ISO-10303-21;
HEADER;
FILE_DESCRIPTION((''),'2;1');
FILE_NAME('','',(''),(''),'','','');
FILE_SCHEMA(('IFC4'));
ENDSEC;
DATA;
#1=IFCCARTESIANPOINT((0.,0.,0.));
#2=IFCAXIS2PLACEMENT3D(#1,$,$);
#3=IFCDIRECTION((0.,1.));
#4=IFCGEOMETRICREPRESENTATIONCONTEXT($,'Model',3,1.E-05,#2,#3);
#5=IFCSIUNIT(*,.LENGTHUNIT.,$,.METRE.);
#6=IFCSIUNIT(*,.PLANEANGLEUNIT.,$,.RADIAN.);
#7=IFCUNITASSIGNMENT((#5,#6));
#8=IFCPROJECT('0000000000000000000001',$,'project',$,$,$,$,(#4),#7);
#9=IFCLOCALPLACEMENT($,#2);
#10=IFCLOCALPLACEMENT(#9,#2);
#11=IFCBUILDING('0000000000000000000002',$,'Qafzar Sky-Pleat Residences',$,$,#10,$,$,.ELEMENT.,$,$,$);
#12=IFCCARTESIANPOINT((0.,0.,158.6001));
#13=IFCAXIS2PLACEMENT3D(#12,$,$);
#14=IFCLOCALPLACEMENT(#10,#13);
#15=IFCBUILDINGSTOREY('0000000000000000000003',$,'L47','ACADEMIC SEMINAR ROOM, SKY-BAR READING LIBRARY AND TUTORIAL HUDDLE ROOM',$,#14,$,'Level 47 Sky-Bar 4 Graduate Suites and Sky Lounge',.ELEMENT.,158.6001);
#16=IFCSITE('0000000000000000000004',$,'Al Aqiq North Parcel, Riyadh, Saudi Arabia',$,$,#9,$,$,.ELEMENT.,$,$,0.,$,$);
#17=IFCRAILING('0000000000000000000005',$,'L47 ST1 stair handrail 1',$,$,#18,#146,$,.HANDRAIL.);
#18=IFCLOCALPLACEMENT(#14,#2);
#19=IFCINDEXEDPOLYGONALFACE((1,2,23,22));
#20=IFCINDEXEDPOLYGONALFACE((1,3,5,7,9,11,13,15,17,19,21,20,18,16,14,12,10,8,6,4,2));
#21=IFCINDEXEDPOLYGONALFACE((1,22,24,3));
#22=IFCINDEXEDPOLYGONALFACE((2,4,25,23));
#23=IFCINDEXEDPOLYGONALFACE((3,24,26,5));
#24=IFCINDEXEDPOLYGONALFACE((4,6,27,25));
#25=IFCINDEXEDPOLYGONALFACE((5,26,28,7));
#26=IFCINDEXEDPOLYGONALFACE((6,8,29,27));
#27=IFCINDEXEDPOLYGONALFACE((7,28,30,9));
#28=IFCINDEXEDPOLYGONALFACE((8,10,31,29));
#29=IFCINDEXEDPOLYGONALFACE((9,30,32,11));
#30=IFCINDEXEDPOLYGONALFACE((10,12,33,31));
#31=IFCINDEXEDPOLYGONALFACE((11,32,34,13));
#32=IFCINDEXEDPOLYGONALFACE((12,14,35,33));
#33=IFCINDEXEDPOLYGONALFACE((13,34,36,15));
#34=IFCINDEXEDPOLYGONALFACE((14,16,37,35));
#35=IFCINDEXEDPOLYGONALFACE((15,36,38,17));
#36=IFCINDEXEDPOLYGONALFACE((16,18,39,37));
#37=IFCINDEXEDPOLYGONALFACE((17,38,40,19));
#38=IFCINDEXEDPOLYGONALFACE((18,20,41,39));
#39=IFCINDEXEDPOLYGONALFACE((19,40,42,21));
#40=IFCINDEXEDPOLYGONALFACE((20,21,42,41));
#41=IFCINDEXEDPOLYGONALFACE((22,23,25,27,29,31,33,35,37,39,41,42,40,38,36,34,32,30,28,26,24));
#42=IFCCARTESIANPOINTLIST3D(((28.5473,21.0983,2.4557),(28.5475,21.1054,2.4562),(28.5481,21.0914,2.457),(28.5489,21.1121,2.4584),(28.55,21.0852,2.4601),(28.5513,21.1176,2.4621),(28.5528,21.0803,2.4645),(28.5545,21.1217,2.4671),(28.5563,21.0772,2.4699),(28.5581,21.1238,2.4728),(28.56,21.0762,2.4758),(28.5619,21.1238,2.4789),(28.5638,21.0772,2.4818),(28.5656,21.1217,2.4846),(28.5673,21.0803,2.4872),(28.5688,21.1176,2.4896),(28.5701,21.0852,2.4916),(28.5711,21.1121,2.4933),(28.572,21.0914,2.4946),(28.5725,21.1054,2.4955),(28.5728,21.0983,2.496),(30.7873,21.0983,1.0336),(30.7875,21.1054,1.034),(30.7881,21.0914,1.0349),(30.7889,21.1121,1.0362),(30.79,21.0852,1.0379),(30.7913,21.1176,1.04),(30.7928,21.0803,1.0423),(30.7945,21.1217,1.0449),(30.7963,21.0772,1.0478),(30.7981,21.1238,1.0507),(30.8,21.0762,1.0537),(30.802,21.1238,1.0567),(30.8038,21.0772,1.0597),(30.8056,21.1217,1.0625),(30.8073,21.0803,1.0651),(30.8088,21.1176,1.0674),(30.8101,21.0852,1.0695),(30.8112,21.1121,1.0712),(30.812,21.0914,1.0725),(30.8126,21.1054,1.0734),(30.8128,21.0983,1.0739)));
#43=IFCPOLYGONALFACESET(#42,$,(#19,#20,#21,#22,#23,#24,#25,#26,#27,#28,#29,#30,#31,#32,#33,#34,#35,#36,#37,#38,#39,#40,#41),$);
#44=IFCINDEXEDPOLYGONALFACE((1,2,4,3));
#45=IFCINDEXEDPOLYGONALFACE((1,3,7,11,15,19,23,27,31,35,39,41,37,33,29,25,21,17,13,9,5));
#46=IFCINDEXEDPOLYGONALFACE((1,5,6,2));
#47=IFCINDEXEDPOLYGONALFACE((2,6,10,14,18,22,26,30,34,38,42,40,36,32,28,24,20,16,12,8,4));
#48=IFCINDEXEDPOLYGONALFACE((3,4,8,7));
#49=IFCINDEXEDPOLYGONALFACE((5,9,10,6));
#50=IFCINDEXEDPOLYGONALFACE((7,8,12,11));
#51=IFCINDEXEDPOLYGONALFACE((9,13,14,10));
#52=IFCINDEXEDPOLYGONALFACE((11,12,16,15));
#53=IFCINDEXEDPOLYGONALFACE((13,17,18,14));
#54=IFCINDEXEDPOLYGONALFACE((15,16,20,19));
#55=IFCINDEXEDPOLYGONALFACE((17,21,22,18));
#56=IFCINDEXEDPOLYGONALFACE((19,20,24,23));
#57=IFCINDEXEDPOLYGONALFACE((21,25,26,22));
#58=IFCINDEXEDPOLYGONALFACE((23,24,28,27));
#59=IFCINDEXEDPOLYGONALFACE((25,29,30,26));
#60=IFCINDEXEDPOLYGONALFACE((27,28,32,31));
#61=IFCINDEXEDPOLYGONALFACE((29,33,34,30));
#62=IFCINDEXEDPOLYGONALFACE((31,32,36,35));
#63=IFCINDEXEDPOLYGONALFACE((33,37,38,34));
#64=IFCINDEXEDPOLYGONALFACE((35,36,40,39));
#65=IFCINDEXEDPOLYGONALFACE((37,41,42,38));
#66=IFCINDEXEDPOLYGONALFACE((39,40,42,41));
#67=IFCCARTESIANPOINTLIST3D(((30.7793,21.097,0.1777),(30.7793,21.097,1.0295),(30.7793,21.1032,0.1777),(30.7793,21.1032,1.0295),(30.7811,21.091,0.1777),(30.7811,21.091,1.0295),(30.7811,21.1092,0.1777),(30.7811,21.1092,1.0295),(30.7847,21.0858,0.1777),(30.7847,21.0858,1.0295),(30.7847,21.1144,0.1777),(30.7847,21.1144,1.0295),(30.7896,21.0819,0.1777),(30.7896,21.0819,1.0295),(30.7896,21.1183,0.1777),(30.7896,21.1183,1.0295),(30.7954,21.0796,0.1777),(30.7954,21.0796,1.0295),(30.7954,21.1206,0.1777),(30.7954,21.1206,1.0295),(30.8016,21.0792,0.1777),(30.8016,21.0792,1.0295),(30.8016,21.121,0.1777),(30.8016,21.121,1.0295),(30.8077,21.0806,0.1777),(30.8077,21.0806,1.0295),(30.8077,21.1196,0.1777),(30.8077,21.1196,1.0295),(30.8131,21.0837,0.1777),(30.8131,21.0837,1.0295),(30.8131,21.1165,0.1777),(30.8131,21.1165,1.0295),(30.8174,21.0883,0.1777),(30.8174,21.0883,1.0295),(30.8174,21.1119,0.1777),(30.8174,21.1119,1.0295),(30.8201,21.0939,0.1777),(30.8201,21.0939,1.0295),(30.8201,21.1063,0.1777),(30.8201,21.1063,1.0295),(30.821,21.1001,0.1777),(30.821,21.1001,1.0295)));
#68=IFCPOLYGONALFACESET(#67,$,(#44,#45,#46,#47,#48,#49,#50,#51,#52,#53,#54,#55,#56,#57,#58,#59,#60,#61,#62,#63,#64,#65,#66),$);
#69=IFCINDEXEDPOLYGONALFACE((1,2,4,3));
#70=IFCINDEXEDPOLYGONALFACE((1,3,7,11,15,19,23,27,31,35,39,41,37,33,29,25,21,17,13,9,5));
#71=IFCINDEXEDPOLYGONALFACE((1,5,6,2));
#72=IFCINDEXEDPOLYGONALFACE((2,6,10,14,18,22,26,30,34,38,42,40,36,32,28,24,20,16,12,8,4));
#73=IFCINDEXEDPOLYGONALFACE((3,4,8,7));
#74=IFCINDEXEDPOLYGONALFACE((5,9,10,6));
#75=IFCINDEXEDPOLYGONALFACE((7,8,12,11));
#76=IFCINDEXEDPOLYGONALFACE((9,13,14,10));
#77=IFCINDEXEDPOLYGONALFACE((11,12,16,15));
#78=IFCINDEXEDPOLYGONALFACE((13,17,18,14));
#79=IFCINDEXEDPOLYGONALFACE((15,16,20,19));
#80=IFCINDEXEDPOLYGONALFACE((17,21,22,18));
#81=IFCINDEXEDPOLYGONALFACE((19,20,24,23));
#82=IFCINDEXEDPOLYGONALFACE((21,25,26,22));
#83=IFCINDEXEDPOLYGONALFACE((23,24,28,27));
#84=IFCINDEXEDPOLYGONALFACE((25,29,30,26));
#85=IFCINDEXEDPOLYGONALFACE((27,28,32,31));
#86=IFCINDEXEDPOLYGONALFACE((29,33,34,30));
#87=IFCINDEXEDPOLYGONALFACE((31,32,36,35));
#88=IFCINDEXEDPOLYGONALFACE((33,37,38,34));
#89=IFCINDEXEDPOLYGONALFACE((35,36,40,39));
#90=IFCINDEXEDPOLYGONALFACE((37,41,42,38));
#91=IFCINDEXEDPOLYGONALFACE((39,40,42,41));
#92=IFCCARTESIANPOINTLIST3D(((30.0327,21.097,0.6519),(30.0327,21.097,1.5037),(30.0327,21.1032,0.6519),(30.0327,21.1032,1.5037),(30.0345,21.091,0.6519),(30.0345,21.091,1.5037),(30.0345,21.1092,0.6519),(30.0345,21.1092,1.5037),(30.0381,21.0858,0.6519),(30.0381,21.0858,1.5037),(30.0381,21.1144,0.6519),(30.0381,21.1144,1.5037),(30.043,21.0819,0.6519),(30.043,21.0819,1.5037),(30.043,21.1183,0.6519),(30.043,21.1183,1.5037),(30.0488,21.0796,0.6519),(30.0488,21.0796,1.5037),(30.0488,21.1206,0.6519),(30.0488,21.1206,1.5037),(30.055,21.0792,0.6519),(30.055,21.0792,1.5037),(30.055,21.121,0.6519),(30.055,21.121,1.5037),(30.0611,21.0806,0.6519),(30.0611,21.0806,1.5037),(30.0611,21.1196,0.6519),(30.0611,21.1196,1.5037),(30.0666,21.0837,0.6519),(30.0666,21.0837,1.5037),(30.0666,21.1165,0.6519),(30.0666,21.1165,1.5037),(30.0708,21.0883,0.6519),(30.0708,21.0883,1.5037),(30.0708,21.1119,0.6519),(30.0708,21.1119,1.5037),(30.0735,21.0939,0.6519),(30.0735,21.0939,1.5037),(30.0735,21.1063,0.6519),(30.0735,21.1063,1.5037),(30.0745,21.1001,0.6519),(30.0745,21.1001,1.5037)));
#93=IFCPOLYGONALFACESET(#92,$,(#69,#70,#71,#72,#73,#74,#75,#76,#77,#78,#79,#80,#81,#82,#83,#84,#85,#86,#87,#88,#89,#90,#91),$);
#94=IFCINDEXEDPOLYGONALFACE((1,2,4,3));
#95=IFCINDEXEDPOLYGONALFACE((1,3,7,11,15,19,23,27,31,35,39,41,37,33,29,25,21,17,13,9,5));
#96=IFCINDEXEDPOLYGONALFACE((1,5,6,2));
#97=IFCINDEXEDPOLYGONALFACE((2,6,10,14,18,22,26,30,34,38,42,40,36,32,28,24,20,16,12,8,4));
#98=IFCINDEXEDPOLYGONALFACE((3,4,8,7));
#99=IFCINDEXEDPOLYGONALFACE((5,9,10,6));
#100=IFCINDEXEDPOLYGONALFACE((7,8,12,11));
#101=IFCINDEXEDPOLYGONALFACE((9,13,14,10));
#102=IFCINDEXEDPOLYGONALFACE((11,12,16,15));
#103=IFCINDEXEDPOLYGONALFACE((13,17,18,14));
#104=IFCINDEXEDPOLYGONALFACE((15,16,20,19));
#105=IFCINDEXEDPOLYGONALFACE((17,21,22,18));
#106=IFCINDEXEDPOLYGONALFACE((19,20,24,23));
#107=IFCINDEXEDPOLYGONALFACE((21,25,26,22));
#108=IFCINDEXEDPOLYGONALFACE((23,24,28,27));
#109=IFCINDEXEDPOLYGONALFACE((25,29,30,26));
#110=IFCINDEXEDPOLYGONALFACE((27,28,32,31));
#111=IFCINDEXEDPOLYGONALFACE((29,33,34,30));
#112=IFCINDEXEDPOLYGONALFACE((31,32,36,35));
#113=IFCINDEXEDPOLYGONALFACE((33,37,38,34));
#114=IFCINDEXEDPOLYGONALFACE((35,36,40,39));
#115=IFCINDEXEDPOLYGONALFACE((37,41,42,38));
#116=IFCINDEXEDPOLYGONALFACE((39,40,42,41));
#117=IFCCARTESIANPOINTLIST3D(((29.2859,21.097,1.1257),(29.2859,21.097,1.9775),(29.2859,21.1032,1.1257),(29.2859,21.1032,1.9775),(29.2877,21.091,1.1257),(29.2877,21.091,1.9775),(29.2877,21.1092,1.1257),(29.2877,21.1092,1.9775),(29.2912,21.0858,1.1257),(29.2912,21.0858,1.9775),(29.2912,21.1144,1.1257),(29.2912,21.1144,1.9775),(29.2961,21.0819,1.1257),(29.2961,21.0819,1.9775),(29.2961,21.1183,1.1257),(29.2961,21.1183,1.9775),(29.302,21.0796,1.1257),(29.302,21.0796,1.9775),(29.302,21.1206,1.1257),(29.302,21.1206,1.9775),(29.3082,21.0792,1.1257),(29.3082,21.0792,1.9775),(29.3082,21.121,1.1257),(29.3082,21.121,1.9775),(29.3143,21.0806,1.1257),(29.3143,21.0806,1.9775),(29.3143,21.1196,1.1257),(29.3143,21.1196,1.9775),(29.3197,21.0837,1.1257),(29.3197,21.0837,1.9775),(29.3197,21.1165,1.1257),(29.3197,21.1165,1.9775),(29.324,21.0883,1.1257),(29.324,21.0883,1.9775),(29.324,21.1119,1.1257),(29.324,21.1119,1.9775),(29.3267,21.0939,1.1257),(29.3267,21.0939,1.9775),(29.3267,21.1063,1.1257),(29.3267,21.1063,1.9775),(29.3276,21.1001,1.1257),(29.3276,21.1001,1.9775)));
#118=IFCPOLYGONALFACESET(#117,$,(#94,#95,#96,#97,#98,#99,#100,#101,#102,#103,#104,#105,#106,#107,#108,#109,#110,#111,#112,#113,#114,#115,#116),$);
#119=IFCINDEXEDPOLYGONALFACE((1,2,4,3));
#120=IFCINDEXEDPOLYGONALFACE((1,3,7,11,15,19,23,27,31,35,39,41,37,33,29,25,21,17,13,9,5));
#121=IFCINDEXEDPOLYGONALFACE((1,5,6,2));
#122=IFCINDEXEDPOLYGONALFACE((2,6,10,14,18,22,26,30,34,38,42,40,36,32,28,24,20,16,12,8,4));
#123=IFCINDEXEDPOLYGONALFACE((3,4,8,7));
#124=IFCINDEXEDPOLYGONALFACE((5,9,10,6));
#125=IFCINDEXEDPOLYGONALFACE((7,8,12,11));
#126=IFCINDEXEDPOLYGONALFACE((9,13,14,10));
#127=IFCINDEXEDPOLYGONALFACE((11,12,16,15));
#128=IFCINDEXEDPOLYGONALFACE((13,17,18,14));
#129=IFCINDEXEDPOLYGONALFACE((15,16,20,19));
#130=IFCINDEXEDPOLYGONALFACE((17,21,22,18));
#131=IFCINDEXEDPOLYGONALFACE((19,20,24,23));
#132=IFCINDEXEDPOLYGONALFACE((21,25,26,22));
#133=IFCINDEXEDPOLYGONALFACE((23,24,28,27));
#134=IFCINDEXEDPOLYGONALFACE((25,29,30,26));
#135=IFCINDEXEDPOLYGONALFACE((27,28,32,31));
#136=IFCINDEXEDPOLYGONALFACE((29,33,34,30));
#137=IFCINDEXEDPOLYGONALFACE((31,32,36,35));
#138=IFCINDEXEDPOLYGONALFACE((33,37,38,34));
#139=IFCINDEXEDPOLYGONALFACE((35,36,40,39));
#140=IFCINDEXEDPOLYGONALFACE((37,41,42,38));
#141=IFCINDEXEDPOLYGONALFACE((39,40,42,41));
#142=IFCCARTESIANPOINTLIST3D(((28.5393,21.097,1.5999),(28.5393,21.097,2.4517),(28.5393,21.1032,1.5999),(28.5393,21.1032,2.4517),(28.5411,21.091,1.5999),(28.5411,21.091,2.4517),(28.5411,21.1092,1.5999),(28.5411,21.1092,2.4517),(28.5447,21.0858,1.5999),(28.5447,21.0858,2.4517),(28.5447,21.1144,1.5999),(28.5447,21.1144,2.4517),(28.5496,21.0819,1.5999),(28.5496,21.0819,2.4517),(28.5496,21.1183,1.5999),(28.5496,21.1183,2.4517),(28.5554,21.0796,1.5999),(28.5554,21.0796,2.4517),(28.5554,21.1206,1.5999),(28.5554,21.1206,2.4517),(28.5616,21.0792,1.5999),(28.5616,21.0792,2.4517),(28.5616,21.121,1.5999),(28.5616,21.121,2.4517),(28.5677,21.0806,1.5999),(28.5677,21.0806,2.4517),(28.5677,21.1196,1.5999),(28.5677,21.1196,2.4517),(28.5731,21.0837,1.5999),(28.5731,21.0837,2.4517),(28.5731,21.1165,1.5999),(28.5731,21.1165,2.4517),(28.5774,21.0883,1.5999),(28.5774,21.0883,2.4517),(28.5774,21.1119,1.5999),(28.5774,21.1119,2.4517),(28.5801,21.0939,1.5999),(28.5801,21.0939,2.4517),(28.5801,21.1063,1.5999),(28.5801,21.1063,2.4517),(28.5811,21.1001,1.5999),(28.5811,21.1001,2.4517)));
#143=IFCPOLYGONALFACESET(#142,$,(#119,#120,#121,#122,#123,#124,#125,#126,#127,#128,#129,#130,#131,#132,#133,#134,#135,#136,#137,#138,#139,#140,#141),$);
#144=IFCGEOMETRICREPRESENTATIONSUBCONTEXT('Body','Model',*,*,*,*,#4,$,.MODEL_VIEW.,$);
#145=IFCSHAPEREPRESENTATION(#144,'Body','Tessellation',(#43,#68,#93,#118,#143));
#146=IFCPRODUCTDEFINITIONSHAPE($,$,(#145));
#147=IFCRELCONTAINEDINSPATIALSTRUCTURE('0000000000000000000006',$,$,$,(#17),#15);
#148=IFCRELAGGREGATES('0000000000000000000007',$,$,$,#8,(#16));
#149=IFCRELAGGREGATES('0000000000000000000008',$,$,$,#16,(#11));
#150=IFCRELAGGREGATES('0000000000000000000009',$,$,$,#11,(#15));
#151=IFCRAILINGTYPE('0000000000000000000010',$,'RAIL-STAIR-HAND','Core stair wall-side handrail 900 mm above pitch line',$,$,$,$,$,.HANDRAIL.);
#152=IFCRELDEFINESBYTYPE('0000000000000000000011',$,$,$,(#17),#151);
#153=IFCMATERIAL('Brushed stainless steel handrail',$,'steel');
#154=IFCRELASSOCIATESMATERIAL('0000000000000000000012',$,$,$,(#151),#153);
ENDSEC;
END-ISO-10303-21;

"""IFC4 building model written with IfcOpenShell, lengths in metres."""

from ifc_helpers import new_model, si_unit, direction, frame, origin, origin_2d, place, context, subcontext, project, spatial, circle, extrude, source, transform, mapped, material, type_object, element, save


model = new_model("IFC4")

# Units and contexts
model_context = context("Model", 3, precision=1e-05, world=origin(), true_north=direction((0.0, 1.0)))
body_context = subcontext(model_context, "Body", "Model", "MODEL_VIEW")
ifc_project = project(units=[si_unit("LENGTHUNIT", "METRE"), si_unit("PLANEANGLEUNIT", "RADIAN")], contexts=[model_context])

# Site, building, storey
site_placement = place(None, origin())
site = spatial("IfcSite", under=ifc_project, at=site_placement, Name="Al Aqiq North Parcel, Riyadh, Saudi Arabia", CompositionType="ELEMENT", RefElevation=0.0)
building_placement = place(site_placement, origin())
building = spatial("IfcBuilding", under=site, at=building_placement, Name="Qafzar Sky-Pleat Residences", CompositionType="ELEMENT")
storey_placement = place(building_placement, frame((0.0, 0.0, 158.6001)))
storey = spatial("IfcBuildingStorey", under=building, at=storey_placement, Name="L47", Description="ACADEMIC SEMINAR ROOM, SKY-BAR READING LIBRARY AND TUTORIAL HUDDLE ROOM", LongName="Level 47 Sky-Bar 4 Graduate Suites and Sky Lounge", CompositionType="ELEMENT", Elevation=158.6001)

# Railing
ifc_material_1 = material(Name="Brushed stainless steel handrail", Category="steel")
railing_type_1 = type_object("IfcRailingType", Name="RAIL-STAIR-HAND", Description="Core stair wall-side handrail 900 mm above pitch line", PredefinedType="HANDRAIL", material=ifc_material_1)
shared_shape_1 = source(origin(), body_context, "Body", "SweptSolid", [
    extrude(circle(Radius=0.0239, at=origin_2d()), frame((0.0, 0.0, 0.876), z_axis=(-0.844229, 0.0, 0.535982), x_axis=(0.0, -1.0, 0.0)), (0.0, 0.0, 1.0), 2.6533),
    extrude(circle(Radius=0.021, at=origin_2d()), origin(), (0.0, 0.0, 1.0), 0.8518),
    extrude(circle(Radius=0.021, at=origin_2d()), frame((-0.7466, 0.0, 0.4741)), (0.0, 0.0, 1.0), 0.8518),
    extrude(circle(Radius=0.021, at=origin_2d()), frame((-1.4934, 0.0, 0.948)), (0.0, 0.0, 1.0), 0.8518),
    extrude(circle(Radius=0.021, at=origin_2d()), frame((-2.24, 0.0, 1.4221)), (0.0, 0.0, 1.0), 0.8518),
])
railing_1_placement = place(storey_placement, frame((30.8, 21.1001, 0.1777)))
element("IfcRailing", 1, at=railing_1_placement, inside=storey, type_object=railing_type_1, Name="L47 ST1 stair handrail 1", PredefinedType="HANDRAIL", context=body_context, shape_type="MappedRepresentation", body=[
    mapped(shared_shape_1, transform((0.0, 0.0, 0.0), x_axis=(1.0, 0.0, 0.0), y_axis=(0.0, 1.0, 0.0), z_axis=(0.0, 0.0, 1.0), scale=1.0)),
])

save(model, "model.ifc")
